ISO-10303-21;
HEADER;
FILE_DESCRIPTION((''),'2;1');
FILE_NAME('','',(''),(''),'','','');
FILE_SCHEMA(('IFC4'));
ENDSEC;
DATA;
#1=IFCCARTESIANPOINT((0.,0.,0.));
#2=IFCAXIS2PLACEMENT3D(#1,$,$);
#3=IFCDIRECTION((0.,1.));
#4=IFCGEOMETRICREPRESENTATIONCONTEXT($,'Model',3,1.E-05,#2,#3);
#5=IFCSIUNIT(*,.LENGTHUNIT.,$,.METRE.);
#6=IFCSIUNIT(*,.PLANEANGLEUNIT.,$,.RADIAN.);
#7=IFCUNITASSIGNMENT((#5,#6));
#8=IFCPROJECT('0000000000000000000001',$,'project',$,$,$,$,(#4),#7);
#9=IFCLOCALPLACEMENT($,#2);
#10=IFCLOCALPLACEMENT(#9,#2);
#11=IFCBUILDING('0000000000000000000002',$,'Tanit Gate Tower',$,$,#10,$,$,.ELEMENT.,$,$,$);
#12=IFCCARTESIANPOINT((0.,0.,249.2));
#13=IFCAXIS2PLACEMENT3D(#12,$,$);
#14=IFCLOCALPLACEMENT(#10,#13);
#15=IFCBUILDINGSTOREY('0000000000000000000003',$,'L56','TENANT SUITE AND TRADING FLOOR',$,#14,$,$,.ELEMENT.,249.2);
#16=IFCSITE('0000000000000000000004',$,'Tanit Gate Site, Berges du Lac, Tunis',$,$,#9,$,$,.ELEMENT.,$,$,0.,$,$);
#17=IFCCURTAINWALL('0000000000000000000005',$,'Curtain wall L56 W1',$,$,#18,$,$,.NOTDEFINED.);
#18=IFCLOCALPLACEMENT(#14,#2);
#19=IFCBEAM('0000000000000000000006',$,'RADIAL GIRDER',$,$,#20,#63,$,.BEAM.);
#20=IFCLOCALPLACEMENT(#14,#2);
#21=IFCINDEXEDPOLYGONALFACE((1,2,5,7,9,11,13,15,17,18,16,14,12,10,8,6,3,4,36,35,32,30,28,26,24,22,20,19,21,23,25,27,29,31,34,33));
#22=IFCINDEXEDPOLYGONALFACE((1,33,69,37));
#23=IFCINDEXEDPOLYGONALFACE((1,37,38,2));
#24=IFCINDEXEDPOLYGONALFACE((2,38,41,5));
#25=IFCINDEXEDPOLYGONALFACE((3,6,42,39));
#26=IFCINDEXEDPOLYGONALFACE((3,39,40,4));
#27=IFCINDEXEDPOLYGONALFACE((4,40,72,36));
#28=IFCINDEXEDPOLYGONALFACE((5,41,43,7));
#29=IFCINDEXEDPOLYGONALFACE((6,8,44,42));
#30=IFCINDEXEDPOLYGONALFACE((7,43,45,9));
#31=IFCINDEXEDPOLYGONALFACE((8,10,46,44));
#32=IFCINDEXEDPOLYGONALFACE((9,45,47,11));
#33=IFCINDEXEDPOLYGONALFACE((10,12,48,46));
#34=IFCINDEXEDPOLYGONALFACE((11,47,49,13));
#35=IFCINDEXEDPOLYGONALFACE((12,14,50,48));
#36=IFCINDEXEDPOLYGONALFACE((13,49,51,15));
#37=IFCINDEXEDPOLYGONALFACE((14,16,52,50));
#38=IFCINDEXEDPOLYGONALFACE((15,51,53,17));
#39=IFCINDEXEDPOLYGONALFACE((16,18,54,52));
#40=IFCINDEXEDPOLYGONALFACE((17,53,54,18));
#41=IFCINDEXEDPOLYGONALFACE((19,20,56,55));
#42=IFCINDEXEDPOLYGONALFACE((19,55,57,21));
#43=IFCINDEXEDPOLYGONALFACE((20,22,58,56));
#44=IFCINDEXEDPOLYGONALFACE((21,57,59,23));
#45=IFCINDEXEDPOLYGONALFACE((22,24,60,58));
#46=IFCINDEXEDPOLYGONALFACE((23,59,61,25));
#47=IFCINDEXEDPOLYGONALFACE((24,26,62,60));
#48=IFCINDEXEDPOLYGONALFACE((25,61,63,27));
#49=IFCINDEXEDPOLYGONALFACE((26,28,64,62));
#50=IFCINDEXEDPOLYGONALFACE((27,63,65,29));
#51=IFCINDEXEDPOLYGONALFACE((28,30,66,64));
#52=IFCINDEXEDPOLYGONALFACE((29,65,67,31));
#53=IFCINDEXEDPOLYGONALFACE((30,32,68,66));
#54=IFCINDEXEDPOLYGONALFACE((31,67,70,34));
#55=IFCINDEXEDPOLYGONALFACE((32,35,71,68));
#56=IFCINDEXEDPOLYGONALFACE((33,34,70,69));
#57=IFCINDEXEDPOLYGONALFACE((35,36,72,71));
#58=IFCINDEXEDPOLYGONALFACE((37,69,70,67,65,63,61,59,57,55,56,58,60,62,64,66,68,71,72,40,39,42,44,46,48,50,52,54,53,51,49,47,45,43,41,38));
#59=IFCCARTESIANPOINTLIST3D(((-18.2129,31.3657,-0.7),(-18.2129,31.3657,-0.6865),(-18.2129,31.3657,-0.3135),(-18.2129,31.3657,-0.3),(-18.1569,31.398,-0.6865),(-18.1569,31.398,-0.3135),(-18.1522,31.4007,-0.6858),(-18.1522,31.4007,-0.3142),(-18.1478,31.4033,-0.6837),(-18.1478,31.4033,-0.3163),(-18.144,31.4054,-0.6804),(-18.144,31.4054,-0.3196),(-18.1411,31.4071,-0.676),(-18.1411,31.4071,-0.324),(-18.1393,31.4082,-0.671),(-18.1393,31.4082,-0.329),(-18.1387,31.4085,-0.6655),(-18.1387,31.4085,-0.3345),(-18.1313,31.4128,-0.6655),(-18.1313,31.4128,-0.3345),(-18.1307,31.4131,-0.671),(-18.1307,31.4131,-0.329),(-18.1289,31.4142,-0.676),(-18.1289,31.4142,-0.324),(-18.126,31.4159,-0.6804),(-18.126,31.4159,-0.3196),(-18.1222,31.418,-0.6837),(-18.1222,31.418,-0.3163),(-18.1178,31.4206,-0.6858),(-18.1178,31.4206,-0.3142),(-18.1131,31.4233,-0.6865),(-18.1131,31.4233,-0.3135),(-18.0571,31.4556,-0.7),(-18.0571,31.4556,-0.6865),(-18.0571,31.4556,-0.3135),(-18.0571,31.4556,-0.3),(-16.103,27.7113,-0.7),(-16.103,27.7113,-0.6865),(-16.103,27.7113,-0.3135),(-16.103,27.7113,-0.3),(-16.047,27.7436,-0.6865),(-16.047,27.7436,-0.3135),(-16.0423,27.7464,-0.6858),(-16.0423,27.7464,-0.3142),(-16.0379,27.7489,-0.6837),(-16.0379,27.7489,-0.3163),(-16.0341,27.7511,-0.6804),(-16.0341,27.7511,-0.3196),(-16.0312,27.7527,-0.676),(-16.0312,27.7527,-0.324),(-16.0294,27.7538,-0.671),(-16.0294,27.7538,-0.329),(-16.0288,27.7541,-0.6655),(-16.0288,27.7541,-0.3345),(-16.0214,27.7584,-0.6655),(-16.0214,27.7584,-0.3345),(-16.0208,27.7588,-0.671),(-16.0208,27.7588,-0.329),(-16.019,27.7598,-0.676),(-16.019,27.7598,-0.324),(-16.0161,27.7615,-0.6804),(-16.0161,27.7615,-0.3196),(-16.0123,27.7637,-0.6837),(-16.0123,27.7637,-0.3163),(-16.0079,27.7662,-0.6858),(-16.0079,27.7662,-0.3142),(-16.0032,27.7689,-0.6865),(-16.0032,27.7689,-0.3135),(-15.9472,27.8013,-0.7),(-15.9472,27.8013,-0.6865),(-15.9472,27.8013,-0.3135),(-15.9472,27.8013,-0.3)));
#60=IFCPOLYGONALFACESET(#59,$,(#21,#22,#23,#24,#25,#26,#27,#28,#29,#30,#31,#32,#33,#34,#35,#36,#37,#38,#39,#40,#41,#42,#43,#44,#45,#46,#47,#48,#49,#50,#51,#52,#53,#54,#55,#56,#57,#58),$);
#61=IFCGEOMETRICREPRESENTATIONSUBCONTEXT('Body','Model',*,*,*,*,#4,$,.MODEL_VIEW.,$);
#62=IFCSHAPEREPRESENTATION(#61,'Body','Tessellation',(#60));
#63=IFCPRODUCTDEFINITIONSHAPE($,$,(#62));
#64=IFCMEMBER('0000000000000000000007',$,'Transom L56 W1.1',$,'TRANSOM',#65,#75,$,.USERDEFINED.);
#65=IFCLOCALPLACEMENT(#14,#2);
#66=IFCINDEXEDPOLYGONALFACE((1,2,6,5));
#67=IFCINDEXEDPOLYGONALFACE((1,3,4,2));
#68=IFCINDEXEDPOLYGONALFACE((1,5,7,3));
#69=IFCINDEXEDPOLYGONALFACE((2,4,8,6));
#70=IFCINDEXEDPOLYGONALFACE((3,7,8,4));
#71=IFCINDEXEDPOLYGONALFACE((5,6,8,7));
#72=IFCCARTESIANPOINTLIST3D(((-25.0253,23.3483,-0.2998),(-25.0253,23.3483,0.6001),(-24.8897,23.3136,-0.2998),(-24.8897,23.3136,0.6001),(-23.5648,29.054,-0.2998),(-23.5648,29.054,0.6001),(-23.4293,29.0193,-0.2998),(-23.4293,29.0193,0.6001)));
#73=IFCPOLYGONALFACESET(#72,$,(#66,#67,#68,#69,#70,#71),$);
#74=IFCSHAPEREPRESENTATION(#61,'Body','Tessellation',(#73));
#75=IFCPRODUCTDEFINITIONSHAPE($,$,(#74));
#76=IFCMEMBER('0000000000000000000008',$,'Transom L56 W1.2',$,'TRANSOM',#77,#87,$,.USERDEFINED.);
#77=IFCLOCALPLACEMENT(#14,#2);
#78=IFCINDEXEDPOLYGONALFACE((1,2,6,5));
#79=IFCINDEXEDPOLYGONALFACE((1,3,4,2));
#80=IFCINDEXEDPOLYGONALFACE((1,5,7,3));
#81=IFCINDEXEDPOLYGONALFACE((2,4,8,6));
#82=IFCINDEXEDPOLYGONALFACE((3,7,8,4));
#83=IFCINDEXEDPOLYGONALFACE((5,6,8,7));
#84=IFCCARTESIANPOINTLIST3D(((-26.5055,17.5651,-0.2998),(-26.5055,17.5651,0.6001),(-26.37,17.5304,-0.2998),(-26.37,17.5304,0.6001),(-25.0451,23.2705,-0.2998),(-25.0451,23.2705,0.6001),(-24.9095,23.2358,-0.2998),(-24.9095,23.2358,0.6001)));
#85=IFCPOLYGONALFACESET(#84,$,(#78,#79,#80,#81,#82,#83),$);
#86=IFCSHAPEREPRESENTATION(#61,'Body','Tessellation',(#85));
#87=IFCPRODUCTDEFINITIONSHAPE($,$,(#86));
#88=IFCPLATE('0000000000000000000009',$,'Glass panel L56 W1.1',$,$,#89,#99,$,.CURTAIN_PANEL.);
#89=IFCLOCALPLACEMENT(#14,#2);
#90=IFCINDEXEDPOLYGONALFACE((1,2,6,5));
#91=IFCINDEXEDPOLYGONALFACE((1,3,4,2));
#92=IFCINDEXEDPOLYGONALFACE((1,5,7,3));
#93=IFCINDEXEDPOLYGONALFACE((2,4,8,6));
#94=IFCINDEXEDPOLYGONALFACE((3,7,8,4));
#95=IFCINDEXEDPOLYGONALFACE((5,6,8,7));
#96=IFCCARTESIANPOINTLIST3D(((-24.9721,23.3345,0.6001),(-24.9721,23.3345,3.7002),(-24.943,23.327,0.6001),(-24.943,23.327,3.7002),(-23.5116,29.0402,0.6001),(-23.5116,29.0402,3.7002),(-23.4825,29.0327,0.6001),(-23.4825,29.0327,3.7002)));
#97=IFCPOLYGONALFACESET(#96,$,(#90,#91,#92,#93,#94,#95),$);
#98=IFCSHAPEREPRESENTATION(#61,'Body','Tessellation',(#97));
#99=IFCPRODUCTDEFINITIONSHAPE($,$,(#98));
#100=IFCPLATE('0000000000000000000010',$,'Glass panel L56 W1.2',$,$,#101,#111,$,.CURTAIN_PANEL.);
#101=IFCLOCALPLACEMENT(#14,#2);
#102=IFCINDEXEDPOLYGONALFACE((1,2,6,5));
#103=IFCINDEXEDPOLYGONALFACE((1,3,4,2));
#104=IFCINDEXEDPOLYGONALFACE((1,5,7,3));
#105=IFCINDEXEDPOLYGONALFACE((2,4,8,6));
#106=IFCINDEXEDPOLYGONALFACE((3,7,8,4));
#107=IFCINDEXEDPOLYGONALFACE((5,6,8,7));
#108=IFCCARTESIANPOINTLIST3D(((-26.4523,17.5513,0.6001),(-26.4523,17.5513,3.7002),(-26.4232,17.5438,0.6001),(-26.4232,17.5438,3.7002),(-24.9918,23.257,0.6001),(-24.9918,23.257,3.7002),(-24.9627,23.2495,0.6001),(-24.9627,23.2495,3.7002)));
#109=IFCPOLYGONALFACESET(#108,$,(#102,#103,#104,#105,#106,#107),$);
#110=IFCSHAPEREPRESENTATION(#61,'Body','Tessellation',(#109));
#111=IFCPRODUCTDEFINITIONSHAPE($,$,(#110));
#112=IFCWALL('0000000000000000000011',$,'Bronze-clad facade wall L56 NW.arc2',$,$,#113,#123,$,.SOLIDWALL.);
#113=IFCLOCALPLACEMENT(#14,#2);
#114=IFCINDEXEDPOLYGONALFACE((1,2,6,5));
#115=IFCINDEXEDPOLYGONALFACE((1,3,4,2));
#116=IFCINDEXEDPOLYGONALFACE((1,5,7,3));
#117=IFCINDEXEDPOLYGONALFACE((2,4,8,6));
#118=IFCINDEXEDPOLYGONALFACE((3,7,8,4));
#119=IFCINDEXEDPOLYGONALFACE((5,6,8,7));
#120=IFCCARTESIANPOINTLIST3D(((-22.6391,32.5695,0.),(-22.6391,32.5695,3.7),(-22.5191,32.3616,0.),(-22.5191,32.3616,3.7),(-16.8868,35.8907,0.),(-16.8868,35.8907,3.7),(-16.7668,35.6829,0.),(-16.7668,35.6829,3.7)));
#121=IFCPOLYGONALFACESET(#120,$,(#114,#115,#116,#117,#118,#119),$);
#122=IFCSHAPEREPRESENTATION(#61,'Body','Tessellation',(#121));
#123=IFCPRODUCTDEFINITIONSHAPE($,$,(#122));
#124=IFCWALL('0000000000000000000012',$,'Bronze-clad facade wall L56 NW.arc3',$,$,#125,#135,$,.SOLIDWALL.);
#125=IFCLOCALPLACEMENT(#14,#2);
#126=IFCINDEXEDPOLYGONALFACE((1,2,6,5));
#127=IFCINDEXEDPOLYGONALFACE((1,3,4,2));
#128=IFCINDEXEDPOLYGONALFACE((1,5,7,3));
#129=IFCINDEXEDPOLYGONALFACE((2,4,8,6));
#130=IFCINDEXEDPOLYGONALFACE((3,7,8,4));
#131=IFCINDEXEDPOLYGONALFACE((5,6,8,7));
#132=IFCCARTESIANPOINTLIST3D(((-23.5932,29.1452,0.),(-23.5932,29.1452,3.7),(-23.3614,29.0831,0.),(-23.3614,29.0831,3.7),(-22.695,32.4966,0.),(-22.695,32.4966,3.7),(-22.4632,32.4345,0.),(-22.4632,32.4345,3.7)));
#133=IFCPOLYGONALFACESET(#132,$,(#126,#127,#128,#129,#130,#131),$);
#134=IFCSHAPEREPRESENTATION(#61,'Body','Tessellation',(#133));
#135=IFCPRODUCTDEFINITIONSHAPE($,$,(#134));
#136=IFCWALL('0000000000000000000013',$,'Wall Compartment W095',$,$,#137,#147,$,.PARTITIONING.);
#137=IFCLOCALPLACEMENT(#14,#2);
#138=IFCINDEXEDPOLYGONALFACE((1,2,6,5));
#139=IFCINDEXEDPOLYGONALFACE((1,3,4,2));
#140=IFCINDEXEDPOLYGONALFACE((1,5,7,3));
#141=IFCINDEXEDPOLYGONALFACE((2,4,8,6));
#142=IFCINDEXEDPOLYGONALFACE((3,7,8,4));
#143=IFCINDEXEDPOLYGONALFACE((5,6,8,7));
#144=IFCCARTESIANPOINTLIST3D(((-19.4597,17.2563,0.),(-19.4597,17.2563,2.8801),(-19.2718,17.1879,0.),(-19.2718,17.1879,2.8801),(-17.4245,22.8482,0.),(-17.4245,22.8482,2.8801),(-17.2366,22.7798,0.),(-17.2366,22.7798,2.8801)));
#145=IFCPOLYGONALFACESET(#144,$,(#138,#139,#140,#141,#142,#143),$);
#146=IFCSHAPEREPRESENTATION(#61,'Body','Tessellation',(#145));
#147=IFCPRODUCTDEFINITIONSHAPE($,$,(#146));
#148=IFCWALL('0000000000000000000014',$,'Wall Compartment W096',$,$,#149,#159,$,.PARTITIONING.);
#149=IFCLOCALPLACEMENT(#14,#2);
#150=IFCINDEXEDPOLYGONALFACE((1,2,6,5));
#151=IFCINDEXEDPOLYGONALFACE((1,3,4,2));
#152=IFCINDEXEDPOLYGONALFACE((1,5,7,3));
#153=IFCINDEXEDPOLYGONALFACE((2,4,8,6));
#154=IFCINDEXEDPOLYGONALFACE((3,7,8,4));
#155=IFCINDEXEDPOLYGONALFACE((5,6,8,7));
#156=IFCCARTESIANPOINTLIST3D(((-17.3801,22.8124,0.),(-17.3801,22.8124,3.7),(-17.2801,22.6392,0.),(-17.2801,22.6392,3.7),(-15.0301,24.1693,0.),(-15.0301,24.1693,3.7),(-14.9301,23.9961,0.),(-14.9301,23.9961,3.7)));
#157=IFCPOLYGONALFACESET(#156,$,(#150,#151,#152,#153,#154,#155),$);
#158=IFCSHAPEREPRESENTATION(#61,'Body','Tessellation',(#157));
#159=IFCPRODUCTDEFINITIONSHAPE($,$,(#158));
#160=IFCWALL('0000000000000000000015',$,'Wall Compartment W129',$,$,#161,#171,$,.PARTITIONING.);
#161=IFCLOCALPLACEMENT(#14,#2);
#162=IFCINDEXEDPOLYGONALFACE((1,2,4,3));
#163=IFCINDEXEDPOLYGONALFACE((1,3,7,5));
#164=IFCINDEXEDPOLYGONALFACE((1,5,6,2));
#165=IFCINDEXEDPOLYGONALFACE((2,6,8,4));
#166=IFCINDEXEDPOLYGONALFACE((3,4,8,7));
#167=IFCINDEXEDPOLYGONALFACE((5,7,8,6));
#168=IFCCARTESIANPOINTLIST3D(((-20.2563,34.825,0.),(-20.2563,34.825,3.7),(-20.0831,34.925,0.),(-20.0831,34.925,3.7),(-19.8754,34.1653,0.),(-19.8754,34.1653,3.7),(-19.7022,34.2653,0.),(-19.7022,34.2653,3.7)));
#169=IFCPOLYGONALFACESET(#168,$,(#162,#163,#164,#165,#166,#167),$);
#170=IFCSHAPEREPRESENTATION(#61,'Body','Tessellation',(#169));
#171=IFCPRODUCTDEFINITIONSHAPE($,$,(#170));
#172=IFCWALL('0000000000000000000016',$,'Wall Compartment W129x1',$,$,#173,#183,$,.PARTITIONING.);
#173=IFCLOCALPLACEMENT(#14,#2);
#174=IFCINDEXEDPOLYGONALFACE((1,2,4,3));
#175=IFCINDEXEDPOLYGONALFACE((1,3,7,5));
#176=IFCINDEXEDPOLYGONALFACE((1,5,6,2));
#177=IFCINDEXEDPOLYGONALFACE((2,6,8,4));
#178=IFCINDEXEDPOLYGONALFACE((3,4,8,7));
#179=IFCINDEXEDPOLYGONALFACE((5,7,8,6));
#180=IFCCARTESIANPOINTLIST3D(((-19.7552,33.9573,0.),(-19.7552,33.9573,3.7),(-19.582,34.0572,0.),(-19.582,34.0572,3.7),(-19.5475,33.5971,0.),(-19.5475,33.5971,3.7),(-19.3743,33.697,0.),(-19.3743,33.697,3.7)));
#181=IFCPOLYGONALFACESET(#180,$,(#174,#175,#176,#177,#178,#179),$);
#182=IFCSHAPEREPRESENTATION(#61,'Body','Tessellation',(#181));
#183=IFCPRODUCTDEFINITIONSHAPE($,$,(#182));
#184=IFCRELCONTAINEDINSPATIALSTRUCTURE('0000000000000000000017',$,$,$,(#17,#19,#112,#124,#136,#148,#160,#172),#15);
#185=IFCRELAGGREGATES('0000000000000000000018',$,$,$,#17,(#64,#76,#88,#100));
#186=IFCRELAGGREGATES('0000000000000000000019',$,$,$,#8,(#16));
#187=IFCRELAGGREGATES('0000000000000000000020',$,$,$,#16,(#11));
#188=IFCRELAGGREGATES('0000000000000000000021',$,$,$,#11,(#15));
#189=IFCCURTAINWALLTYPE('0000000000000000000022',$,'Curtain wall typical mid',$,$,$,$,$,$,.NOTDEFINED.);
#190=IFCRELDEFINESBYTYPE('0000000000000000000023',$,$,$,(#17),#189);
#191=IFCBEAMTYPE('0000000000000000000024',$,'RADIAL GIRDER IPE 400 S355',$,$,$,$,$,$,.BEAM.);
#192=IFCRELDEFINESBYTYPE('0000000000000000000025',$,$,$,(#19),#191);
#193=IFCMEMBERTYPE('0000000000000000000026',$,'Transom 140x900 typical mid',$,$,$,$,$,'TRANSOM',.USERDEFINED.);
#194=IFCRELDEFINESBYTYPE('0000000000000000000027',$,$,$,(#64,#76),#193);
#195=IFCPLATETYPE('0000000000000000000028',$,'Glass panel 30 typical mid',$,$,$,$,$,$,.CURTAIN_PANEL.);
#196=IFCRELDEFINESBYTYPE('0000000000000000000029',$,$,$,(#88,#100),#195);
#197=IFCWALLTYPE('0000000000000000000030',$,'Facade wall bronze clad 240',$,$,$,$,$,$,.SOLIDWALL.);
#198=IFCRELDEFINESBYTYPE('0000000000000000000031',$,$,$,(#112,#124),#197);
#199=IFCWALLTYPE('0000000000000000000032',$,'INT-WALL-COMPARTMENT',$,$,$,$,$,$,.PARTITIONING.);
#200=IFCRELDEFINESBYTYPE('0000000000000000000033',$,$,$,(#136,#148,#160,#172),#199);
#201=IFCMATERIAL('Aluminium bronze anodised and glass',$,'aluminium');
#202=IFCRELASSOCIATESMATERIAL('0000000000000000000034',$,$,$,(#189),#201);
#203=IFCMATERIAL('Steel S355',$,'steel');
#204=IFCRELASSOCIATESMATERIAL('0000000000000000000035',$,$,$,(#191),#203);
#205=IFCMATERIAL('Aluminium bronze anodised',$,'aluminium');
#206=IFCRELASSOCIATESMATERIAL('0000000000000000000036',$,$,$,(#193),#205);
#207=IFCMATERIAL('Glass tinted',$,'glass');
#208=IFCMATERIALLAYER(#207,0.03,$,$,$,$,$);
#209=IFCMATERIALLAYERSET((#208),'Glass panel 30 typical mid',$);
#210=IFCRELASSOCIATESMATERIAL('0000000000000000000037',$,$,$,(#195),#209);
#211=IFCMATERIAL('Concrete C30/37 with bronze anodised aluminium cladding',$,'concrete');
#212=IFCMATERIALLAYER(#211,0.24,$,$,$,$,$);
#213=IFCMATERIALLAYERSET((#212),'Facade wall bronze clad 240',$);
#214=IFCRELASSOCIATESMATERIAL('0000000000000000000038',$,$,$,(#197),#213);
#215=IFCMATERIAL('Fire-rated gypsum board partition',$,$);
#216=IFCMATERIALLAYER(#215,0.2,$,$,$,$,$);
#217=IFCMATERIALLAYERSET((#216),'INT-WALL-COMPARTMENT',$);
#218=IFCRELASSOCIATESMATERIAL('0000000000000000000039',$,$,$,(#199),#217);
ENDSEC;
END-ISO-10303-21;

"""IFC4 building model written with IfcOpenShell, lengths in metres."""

from ifc_helpers import new_model, si_unit, direction, frame, frame_2d, origin, origin_2d, place, context, subcontext, project, spatial, rectangle, i_section, extrude, material, layer, layer_set, material_profile, profile_set, type_object, element, aggregate, save


model = new_model("IFC4")

# Units and contexts
model_context = context("Model", 3, precision=1e-05, world=origin(), true_north=direction((0.0, 1.0)))
body_context = subcontext(model_context, "Body", "Model", "MODEL_VIEW")
ifc_project = project(units=[si_unit("LENGTHUNIT", "METRE"), si_unit("PLANEANGLEUNIT", "RADIAN")], contexts=[model_context])

# Site, building, storey
site_placement = place(None, origin())
site = spatial("IfcSite", under=ifc_project, at=site_placement, Name="Tanit Gate Site, Berges du Lac, Tunis", CompositionType="ELEMENT", RefElevation=0.0)
building_placement = place(site_placement, origin())
building = spatial("IfcBuilding", under=site, at=building_placement, Name="Tanit Gate Tower", CompositionType="ELEMENT")
storey_placement = place(building_placement, frame((0.0, 0.0, 249.2)))
storey = spatial("IfcBuildingStorey", under=building, at=storey_placement, Name="L56", Description="TENANT SUITE AND TRADING FLOOR", CompositionType="ELEMENT", Elevation=249.2)

# Curtain wall
ifc_material_1 = material(Name="Aluminium bronze anodised and glass", Category="aluminium")
curtain_wall_type = type_object("IfcCurtainWallType", Name="Curtain wall typical mid", PredefinedType="NOTDEFINED", material=ifc_material_1)
curtain_wall_placement = place(storey_placement, origin())
curtain_wall = element("IfcCurtainWall", 1, at=curtain_wall_placement, inside=storey, type_object=curtain_wall_type, Name="Curtain wall L56 W1", PredefinedType="NOTDEFINED")

# Beam
ifc_material_2 = material(Name="Steel S355", Category="steel")
ifc_material_profile_1 = material_profile(ifc_material_2, i_section(OverallWidth=0.1799, OverallDepth=0.3999, WebThickness=0.0085, FlangeThickness=0.0134, FilletRadius=0.021, at=origin_2d()), Name="IPE 400")
ifc_profile_set_1 = profile_set([ifc_material_profile_1], Name="Steel S355")
beam_type_1 = type_object("IfcBeamType", Name="RADIAL GIRDER IPE 400 S355", PredefinedType="BEAM", material=ifc_profile_set_1)
beam_1_placement = place(storey_placement, frame((-18.135, 31.4106, -0.5), z_axis=(0.50001, -0.86602, 0.0), x_axis=(0.86602, 0.50001, 0.0)))
element("IfcBeam", 2, at=beam_1_placement, inside=storey, type_object=beam_type_1, Name="RADIAL GIRDER", PredefinedType="BEAM", context=body_context, shape_type="SweptSolid", body=[
    extrude(i_section(OverallWidth=0.1799, OverallDepth=0.3999, WebThickness=0.0085, FlangeThickness=0.0134, FilletRadius=0.021, at=origin_2d()), origin(), (0.0, 0.0, 1.0), 4.2197),
])

# Members
ifc_material_3 = material(Name="Aluminium bronze anodised", Category="aluminium")
ifc_material_profile_2 = material_profile(ifc_material_3, rectangle(XDim=0.1399, YDim=0.8999, at=origin_2d()), Name="140x900 bronze transom")
ifc_profile_set_2 = profile_set([ifc_material_profile_2], Name="Aluminium bronze anodised")
member_type_1 = type_object("IfcMemberType", Name="Transom 140x900 typical mid", ElementType="TRANSOM", PredefinedType="USERDEFINED", material=ifc_profile_set_2)
member_1_placement = place(storey_placement, frame((-23.4971, 29.0366, 0.1501), z_axis=(-0.247964, -0.968769, 0.0), x_axis=(0.968769, -0.247964, 0.0)))
member_1 = element("IfcMember", 3, at=member_1_placement, type_object=member_type_1, Name="Transom L56 W1.1", ObjectType="TRANSOM", PredefinedType="USERDEFINED", context=body_context, shape_type="SweptSolid", body=[
    extrude(rectangle(XDim=0.1399, YDim=0.8999, at=origin_2d()), origin(), (0.0, 0.0, 1.0), 5.8896),
])
member_2_placement = place(storey_placement, frame((-24.9773, 23.2532, 0.1501), z_axis=(-0.247974, -0.968767, 0.0), x_axis=(0.968767, -0.247974, 0.0)))
member_2 = element("IfcMember", 4, at=member_2_placement, type_object=member_type_1, Name="Transom L56 W1.2", ObjectType="TRANSOM", PredefinedType="USERDEFINED", context=body_context, shape_type="SweptSolid", body=[
    extrude(rectangle(XDim=0.1399, YDim=0.8999, at=origin_2d()), origin(), (0.0, 0.0, 1.0), 5.8894),
])

# Plates
ifc_material_4 = material(Name="Glass tinted", Category="glass")
ifc_layer_1 = layer(ifc_material_4, 0.03)
ifc_layer_set_1 = layer_set([ifc_layer_1], Name="Glass panel 30 typical mid")
plate_type = type_object("IfcPlateType", Name="Glass panel 30 typical mid", PredefinedType="CURTAIN_PANEL", material=ifc_layer_set_1)
plate_1_placement = place(storey_placement, frame((-24.2273, 26.1836, 0.6001), z_axis=(0.0, 0.0, 1.0), x_axis=(-0.247974, -0.968767, 0.0)))
plate_1 = element("IfcPlate", 5, at=plate_1_placement, type_object=plate_type, Name="Glass panel L56 W1.1", PredefinedType="CURTAIN_PANEL", context=body_context, shape_type="SweptSolid", body=[
    extrude(rectangle(XDim=5.8896, YDim=0.03, at=origin_2d()), origin(), (0.0, 0.0, 1.0), 3.1001),
])
plate_2_placement = place(storey_placement, frame((-25.7075, 20.4004, 0.6001), z_axis=(0.0, 0.0, 1.0), x_axis=(-0.247974, -0.968767, 0.0)))
plate_2 = element("IfcPlate", 6, at=plate_2_placement, type_object=plate_type, Name="Glass panel L56 W1.2", PredefinedType="CURTAIN_PANEL", context=body_context, shape_type="SweptSolid", body=[
    extrude(rectangle(XDim=5.8896, YDim=0.03, at=origin_2d()), origin(), (0.0, 0.0, 1.0), 3.1001),
])
aggregate(curtain_wall, [member_1, member_2, plate_1, plate_2])

# Walls
ifc_material_5 = material(Name="Concrete C30/37 with bronze anodised aluminium cladding", Category="concrete")
ifc_layer_2 = layer(ifc_material_5, 0.24)
ifc_layer_set_2 = layer_set([ifc_layer_2], Name="Facade wall bronze clad 240")
wall_type_1 = type_object("IfcWallType", Name="Facade wall bronze clad 240", PredefinedType="SOLIDWALL", material=ifc_layer_set_2)
wall_1_placement = place(storey_placement, frame((-16.8267, 35.7869, 0.0), z_axis=(0.0, 0.0, 1.0), x_axis=(-0.866018, -0.500013, 0.0)))
element("IfcWall", 7, at=wall_1_placement, inside=storey, type_object=wall_type_1, Name="Bronze-clad facade wall L56 NW.arc2", PredefinedType="SOLIDWALL", context=body_context, shape_type="SweptSolid", body=[
    extrude(rectangle(XDim=6.6423, YDim=0.24, at=frame_2d((3.3213, 0.0))), origin(), (0.0, 0.0, 1.0), 3.7),
])
wall_2_placement = place(storey_placement, frame((-22.5791, 32.4656, 0.0), z_axis=(0.0, 0.0, 1.0), x_axis=(-0.258858, -0.965915, 0.0)))
element("IfcWall", 8, at=wall_2_placement, inside=storey, type_object=wall_type_1, Name="Bronze-clad facade wall L56 NW.arc3", PredefinedType="SOLIDWALL", context=body_context, shape_type="SweptSolid", body=[
    extrude(rectangle(XDim=3.4697, YDim=0.24, at=frame_2d((1.7349, 0.0))), origin(), (0.0, 0.0, 1.0), 3.7),
])
ifc_material_6 = material(Name="Fire-rated gypsum board partition")
ifc_layer_3 = layer(ifc_material_6, 0.2)
ifc_layer_set_3 = layer_set([ifc_layer_3], Name="INT-WALL-COMPARTMENT")
wall_type_2 = type_object("IfcWallType", Name="INT-WALL-COMPARTMENT", PredefinedType="PARTITIONING", material=ifc_layer_set_3)
wall_3_placement = place(storey_placement, frame((-17.3306, 22.814, 0.0), z_axis=(0.0, 0.0, 1.0), x_axis=(-0.342007, -0.939698, 0.0)))
element("IfcWall", 9, at=wall_3_placement, inside=storey, type_object=wall_type_2, Name="Wall Compartment W095", PredefinedType="PARTITIONING", context=body_context, shape_type="SweptSolid", body=[
    extrude(rectangle(XDim=5.9507, YDim=0.2, at=frame_2d((2.9753, 0.0))), origin(), (0.0, 0.0, 1.0), 2.8801),
])
wall_4_placement = place(storey_placement, frame((-14.98, 24.0828, 0.0), z_axis=(0.0, 0.0, 1.0), x_axis=(-0.866009, -0.500029, 0.0)))
element("IfcWall", 10, at=wall_4_placement, inside=storey, type_object=wall_type_2, Name="Wall Compartment W096", PredefinedType="PARTITIONING", context=body_context, shape_type="SweptSolid", body=[
    extrude(rectangle(XDim=2.7136, YDim=0.2, at=frame_2d((1.3569, 0.0))), origin(), (0.0, 0.0, 1.0), 3.7),
])
wall_5_placement = place(storey_placement, frame((-20.1697, 34.875, 0.0), z_axis=(0.0, 0.0, 1.0), x_axis=(0.5, -0.866025, 0.0)))
element("IfcWall", 11, at=wall_5_placement, inside=storey, type_object=wall_type_2, Name="Wall Compartment W129", PredefinedType="PARTITIONING", context=body_context, shape_type="SweptSolid", body=[
    extrude(rectangle(XDim=0.7617, YDim=0.2, at=frame_2d((0.3809, 0.0))), origin(), (0.0, 0.0, 1.0), 3.7),
])
wall_6_placement = place(storey_placement, frame((-19.6687, 34.0073, 0.0), z_axis=(0.0, 0.0, 1.0), x_axis=(0.499739, -0.866176, 0.0)))
element("IfcWall", 12, at=wall_6_placement, inside=storey, type_object=wall_type_2, Name="Wall Compartment W129x1", PredefinedType="PARTITIONING", context=body_context, shape_type="SweptSolid", body=[
    extrude(rectangle(XDim=0.4158, YDim=0.2, at=frame_2d((0.208, 0.0))), origin(), (0.0, 0.0, 1.0), 3.7),
])

save(model, "model.ifc")
